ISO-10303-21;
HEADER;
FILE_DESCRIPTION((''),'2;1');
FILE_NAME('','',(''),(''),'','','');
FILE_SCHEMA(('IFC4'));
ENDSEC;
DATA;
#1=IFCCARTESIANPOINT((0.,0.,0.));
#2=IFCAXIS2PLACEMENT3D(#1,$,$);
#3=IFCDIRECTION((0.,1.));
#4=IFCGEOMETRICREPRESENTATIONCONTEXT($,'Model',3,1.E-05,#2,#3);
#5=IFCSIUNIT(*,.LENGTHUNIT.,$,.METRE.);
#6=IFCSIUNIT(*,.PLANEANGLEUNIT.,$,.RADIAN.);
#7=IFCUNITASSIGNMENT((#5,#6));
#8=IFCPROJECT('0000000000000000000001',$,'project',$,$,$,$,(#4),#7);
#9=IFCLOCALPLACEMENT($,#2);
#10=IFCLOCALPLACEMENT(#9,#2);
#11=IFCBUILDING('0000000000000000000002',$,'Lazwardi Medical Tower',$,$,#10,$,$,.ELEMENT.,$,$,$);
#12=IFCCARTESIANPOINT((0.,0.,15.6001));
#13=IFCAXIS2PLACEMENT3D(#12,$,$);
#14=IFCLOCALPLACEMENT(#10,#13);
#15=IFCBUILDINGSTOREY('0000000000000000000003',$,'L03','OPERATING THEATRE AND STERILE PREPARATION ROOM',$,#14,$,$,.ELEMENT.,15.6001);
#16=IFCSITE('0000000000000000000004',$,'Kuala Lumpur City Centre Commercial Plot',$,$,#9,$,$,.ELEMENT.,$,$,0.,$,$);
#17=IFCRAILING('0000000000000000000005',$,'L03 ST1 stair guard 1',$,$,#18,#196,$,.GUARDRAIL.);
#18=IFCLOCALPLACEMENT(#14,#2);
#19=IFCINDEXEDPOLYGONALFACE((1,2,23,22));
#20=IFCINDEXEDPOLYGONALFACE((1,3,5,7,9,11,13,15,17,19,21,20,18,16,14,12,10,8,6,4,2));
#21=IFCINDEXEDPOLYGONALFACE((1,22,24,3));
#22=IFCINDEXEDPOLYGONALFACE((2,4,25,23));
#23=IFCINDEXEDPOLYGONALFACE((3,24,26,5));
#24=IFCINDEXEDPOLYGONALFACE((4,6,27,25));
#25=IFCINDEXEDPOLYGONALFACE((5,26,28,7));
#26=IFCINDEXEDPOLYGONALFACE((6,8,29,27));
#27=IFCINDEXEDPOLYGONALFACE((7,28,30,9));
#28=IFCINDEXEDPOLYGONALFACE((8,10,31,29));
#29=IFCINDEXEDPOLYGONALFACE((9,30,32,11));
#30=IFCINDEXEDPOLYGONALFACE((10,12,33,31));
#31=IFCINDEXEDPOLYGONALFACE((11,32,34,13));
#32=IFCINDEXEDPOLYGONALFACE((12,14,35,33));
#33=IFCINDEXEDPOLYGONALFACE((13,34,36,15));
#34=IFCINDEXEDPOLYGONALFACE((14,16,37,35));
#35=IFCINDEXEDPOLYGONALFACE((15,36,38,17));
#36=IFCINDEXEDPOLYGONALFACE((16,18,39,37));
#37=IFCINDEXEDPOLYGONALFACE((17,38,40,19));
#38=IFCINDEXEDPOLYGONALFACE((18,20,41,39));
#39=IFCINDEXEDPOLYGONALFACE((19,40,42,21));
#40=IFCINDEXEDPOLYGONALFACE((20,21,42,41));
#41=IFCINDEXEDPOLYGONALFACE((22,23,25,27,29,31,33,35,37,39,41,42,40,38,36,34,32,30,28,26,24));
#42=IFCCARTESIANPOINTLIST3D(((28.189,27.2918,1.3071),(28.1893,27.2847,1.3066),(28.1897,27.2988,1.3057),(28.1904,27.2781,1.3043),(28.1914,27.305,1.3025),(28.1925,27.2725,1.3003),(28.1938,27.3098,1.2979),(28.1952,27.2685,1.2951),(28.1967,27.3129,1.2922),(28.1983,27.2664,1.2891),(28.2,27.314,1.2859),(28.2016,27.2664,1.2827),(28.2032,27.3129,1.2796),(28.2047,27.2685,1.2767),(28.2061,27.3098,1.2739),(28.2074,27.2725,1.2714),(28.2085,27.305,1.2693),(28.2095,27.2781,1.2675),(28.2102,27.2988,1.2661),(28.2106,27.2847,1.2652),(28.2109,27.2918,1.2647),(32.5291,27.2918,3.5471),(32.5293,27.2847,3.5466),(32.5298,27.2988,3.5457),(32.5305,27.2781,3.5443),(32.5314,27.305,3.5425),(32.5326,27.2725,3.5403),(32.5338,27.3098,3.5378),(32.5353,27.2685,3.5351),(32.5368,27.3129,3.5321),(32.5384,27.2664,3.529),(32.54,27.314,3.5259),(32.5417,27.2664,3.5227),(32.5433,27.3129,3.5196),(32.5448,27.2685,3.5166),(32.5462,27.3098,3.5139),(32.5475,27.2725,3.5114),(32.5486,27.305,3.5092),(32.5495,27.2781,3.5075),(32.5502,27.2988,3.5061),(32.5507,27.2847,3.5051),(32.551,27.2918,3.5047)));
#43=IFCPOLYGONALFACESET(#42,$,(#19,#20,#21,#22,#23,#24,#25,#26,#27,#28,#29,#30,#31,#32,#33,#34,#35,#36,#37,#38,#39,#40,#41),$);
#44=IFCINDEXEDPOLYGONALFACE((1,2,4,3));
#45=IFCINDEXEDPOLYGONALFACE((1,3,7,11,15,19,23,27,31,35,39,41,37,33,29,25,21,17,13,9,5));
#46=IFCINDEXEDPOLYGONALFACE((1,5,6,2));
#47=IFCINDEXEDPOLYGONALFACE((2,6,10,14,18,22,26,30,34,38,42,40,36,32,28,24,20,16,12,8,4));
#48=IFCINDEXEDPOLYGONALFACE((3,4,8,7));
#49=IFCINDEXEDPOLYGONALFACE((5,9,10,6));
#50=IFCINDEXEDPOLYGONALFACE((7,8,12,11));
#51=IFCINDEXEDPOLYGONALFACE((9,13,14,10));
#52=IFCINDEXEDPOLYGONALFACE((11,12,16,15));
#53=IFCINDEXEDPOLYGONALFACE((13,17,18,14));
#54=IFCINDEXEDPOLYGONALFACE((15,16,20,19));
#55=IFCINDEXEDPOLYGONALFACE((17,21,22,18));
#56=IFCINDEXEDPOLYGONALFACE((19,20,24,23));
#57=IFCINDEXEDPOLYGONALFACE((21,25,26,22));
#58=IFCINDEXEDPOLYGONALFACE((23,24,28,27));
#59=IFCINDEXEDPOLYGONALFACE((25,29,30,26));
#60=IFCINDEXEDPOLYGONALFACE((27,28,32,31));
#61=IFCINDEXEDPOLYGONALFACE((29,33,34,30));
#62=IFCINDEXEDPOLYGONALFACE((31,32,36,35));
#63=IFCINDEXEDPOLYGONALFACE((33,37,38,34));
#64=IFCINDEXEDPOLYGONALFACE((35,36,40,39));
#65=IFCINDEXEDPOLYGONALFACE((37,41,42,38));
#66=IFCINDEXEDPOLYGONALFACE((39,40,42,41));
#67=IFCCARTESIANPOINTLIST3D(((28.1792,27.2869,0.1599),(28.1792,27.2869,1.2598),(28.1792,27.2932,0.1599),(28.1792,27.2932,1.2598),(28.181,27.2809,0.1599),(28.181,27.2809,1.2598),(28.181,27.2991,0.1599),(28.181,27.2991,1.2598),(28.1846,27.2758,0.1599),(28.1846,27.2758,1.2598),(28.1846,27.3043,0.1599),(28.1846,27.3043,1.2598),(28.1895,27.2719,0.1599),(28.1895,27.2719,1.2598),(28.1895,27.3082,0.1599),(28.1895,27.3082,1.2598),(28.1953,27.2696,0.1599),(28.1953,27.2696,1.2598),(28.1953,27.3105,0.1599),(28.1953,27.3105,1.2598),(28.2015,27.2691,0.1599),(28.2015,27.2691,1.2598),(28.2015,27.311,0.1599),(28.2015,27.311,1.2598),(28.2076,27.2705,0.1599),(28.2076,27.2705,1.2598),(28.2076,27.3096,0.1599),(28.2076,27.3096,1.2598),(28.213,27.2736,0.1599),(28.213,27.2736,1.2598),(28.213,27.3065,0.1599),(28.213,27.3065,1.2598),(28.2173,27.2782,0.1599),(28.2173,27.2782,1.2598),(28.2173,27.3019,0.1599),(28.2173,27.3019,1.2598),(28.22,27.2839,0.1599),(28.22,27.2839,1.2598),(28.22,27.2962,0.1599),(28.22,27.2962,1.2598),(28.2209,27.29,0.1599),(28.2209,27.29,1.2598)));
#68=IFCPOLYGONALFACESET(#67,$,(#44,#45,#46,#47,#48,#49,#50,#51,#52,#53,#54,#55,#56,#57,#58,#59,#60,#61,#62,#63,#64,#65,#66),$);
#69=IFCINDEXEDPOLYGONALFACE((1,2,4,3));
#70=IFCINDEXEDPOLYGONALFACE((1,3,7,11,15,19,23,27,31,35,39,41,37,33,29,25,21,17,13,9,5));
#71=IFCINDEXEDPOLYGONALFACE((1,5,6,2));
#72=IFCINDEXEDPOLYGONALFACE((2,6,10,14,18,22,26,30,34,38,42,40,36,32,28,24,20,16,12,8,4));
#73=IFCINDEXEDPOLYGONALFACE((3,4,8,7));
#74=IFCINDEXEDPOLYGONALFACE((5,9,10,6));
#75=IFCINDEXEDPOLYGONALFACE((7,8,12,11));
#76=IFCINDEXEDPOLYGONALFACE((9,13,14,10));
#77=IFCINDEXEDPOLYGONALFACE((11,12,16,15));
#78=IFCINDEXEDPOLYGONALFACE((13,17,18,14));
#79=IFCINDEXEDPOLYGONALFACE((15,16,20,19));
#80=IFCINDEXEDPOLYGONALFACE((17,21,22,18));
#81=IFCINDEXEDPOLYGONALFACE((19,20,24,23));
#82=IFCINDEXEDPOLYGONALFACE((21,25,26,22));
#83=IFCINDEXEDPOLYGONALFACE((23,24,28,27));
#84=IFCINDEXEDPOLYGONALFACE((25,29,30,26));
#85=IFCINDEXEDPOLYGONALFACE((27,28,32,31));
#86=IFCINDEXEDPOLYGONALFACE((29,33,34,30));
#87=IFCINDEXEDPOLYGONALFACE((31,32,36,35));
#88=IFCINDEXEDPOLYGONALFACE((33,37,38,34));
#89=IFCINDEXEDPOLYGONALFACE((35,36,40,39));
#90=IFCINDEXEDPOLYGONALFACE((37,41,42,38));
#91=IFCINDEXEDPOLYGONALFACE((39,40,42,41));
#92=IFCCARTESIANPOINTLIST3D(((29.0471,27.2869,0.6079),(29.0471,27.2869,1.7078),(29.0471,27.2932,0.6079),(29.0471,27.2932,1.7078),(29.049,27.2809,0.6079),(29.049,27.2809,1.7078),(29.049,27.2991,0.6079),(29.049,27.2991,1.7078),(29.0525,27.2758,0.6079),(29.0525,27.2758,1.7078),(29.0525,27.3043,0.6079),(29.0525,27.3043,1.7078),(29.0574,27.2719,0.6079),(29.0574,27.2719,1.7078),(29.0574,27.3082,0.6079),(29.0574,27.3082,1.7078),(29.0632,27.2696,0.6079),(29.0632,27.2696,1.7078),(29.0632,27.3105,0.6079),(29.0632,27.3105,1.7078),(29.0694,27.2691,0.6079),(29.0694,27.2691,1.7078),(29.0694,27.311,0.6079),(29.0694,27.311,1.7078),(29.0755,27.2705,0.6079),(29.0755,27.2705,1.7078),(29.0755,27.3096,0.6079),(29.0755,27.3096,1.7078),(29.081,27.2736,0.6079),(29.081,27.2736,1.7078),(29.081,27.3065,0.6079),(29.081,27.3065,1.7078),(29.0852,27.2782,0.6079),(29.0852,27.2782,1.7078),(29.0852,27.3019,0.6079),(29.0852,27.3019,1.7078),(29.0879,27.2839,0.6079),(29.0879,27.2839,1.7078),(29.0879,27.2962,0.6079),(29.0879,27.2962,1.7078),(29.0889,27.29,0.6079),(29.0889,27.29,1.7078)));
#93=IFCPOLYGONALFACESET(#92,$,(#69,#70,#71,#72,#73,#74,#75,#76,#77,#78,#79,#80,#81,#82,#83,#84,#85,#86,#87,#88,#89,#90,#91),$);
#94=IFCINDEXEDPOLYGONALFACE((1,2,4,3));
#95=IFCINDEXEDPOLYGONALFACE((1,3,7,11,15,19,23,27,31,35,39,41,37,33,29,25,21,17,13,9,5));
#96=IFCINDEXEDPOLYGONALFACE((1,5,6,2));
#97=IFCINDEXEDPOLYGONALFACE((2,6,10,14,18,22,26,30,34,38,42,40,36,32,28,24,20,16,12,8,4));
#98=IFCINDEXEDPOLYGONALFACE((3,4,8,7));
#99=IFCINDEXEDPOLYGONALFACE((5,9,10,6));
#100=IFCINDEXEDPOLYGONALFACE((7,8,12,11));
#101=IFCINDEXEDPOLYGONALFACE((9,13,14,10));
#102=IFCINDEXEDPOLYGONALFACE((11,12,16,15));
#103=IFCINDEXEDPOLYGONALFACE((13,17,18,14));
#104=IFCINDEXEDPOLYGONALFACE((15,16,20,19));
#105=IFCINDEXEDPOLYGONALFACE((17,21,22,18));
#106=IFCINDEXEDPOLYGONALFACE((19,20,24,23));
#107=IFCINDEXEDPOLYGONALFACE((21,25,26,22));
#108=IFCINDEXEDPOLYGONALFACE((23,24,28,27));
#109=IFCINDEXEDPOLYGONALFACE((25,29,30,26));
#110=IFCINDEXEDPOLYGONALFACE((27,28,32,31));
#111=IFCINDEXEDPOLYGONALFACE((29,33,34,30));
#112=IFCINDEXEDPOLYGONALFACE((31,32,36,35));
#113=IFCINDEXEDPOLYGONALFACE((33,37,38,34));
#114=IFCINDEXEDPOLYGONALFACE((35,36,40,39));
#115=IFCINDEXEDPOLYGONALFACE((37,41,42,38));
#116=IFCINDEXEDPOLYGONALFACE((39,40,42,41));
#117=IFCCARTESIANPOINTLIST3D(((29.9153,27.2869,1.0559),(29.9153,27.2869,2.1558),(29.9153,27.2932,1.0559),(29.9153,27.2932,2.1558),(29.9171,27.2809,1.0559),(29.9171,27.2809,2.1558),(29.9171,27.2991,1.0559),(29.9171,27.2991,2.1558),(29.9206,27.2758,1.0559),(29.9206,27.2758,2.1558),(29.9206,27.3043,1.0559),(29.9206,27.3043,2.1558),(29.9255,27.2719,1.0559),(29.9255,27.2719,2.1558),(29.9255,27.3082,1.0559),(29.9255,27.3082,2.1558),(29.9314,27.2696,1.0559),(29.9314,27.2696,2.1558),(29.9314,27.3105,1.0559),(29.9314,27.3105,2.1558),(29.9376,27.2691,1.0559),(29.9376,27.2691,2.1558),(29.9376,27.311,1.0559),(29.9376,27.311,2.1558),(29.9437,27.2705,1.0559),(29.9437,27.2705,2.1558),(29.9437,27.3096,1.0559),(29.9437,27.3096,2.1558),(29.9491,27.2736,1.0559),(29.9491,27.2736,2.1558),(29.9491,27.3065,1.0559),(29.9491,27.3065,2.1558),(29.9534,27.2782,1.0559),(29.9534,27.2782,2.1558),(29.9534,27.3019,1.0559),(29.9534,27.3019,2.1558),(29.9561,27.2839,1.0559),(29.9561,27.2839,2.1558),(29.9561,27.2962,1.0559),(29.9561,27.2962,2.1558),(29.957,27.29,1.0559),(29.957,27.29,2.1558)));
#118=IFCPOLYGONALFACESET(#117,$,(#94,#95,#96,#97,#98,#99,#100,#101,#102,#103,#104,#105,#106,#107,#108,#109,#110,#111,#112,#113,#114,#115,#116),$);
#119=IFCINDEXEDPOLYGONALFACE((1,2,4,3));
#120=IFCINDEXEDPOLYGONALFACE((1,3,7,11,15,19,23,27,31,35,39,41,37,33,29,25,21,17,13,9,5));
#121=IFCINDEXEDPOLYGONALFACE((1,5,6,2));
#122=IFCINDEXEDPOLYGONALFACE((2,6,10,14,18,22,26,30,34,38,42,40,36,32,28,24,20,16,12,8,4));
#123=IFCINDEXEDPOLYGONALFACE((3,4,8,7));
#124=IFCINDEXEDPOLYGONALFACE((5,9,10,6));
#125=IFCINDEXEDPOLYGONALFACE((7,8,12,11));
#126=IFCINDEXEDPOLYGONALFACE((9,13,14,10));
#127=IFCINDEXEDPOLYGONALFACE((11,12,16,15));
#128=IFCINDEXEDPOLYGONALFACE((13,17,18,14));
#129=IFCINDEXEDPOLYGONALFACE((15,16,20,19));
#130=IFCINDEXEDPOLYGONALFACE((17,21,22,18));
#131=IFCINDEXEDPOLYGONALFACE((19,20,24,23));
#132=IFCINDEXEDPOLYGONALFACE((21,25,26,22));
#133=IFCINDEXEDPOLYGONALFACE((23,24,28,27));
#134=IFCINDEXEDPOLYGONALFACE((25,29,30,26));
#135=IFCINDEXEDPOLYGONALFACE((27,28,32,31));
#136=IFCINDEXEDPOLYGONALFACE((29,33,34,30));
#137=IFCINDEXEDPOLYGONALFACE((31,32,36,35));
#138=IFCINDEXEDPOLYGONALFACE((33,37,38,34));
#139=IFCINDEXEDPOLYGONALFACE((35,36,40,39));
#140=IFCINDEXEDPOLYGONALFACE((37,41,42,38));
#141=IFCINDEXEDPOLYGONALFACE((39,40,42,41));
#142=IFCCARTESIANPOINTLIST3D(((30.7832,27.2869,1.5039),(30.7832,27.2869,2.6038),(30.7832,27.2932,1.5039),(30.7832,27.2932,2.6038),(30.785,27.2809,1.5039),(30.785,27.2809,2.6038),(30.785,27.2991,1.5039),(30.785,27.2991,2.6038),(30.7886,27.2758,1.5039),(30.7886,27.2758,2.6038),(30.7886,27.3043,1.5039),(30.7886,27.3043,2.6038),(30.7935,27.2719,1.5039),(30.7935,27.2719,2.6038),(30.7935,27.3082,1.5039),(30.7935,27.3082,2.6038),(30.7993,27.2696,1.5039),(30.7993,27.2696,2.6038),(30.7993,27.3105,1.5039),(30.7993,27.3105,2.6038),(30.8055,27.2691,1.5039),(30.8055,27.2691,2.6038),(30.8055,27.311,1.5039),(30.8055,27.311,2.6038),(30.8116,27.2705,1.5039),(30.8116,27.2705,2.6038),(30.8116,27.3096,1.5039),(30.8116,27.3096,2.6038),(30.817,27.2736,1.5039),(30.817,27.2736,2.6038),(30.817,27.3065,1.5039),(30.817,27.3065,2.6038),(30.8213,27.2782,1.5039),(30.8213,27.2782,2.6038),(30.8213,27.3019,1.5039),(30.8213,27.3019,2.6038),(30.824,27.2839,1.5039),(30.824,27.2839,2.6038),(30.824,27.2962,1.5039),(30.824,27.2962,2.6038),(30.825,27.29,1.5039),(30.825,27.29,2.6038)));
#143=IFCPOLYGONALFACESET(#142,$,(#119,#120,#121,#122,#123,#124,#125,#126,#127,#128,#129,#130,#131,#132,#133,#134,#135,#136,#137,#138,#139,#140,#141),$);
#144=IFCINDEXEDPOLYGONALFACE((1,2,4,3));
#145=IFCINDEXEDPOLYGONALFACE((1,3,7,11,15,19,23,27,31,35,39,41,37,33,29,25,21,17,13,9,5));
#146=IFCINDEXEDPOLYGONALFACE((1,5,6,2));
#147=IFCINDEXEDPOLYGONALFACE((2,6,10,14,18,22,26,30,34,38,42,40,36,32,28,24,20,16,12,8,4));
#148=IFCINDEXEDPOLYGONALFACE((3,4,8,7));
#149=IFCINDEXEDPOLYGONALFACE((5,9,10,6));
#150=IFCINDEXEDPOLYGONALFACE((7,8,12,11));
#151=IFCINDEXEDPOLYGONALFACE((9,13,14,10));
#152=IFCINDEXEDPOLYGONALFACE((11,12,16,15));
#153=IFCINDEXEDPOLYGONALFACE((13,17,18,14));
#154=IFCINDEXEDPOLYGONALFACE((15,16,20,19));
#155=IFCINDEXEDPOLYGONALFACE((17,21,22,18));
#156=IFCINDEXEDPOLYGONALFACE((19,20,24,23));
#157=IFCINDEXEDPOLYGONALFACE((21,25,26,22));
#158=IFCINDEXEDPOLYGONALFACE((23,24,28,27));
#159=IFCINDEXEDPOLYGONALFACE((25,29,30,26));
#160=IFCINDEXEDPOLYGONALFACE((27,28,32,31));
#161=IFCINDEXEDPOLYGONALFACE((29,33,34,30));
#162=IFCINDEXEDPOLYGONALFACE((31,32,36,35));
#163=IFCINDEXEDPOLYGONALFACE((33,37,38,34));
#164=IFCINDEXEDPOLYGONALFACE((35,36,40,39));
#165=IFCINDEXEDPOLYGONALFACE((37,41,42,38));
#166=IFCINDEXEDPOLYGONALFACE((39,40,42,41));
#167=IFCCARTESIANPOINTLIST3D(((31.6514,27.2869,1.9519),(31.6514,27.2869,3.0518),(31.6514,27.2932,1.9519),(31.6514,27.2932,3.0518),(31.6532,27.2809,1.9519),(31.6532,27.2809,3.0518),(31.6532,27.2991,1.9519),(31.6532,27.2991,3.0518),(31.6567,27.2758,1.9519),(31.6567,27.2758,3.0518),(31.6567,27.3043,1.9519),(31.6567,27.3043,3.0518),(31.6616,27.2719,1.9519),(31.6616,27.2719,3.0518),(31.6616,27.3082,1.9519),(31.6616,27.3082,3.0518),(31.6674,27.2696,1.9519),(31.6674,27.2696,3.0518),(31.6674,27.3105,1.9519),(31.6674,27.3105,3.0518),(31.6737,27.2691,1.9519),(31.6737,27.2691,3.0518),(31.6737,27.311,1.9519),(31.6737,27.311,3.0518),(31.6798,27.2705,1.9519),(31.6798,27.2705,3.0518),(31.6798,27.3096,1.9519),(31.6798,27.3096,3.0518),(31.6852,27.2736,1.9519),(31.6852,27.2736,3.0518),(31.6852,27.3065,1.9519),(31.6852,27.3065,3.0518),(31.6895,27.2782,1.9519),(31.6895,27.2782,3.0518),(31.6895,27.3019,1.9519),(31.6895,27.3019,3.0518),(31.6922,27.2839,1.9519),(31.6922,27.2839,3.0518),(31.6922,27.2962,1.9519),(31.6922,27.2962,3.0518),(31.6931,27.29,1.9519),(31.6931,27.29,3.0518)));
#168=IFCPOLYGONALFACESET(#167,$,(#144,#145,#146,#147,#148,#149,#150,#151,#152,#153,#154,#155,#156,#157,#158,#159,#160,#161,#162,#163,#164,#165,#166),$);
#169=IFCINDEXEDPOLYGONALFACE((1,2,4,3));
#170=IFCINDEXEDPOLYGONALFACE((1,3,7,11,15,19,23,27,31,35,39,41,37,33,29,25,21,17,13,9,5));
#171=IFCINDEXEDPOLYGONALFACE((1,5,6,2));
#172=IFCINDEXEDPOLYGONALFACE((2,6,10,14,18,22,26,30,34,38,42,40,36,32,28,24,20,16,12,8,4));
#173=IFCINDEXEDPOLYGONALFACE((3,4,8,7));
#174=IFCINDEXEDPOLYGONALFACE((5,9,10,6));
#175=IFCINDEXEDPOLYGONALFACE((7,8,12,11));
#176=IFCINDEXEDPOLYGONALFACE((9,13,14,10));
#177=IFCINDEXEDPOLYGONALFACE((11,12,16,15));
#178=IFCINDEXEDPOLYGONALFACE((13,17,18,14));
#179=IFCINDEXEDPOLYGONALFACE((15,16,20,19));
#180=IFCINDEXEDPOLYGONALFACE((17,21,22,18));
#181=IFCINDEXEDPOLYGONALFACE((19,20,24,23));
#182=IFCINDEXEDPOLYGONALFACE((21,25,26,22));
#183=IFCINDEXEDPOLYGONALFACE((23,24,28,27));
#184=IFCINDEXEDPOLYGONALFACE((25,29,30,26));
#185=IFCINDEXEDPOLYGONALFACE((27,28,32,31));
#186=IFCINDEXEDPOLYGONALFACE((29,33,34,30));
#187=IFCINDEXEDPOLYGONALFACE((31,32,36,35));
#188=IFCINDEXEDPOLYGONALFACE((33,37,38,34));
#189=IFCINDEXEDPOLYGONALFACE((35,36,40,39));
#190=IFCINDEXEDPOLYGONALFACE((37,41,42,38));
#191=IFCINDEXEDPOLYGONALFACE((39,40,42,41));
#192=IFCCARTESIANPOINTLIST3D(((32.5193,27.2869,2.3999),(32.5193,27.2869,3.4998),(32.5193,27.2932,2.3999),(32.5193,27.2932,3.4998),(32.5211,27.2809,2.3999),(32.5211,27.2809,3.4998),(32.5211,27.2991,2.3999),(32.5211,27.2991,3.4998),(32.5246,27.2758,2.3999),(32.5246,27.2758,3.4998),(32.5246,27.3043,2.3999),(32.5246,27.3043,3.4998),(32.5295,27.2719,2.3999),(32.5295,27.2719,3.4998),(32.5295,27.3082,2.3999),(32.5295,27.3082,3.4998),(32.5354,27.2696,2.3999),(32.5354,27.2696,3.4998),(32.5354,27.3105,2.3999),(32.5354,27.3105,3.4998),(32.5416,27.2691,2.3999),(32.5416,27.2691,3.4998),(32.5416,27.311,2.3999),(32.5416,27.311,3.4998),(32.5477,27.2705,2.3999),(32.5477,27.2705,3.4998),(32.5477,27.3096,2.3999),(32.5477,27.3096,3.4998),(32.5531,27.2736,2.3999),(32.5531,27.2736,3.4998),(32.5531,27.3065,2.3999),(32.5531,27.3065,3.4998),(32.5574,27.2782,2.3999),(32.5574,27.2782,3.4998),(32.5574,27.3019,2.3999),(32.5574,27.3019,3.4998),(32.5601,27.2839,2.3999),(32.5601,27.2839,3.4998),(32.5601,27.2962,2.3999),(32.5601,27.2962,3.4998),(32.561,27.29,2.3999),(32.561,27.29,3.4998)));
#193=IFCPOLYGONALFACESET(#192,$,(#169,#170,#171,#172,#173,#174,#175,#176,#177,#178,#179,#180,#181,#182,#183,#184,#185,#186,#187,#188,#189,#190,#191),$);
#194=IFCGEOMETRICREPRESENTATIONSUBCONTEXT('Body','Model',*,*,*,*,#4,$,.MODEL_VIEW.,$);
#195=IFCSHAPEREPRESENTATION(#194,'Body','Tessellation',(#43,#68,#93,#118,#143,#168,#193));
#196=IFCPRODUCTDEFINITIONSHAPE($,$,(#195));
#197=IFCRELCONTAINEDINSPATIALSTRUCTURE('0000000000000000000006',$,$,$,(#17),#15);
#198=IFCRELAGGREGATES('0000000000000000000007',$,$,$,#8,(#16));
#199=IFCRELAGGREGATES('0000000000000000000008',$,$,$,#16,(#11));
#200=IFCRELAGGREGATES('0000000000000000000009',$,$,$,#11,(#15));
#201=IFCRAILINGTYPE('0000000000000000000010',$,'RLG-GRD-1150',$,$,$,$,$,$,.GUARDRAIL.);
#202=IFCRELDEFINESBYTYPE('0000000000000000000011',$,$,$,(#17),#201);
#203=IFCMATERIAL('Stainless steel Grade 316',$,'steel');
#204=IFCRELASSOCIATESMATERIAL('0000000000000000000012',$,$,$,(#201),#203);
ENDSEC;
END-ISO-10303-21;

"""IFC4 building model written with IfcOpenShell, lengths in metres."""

from ifc_helpers import new_model, si_unit, direction, frame, origin, origin_2d, place, context, subcontext, project, spatial, circle, extrude, material, type_object, element, save


model = new_model("IFC4")

# Units and contexts
model_context = context("Model", 3, precision=1e-05, world=origin(), true_north=direction((0.0, 1.0)))
body_context = subcontext(model_context, "Body", "Model", "MODEL_VIEW")
ifc_project = project(units=[si_unit("LENGTHUNIT", "METRE"), si_unit("PLANEANGLEUNIT", "RADIAN")], contexts=[model_context])

# Site, building, storey
site_placement = place(None, origin())
site = spatial("IfcSite", under=ifc_project, at=site_placement, Name="Kuala Lumpur City Centre Commercial Plot", CompositionType="ELEMENT", RefElevation=0.0)
building_placement = place(site_placement, origin())
building = spatial("IfcBuilding", under=site, at=building_placement, Name="Lazwardi Medical Tower", CompositionType="ELEMENT")
storey_placement = place(building_placement, frame((0.0, 0.0, 15.6001)))
storey = spatial("IfcBuildingStorey", under=building, at=storey_placement, Name="L03", Description="OPERATING THEATRE AND STERILE PREPARATION ROOM", CompositionType="ELEMENT", Elevation=15.6001)

# Railing
ifc_material_1 = material(Name="Stainless steel Grade 316", Category="steel")
railing_type_1 = type_object("IfcRailingType", Name="RLG-GRD-1150", PredefinedType="GUARDRAIL", material=ifc_material_1)
railing_1_placement = place(storey_placement, frame((28.2, 27.29, 0.1599)))
element("IfcRailing", 1, at=railing_1_placement, inside=storey, type_object=railing_type_1, Name="L03 ST1 stair guard 1", PredefinedType="GUARDRAIL", context=body_context, shape_type="SweptSolid", body=[
    extrude(circle(Radius=0.0239, at=origin_2d()), frame((0.0, 0.0, 1.126), z_axis=(0.888625, 0.0, 0.458634), x_axis=(0.0, 1.0, 0.0)), (0.0, 0.0, 1.0), 4.884),
    extrude(circle(Radius=0.021, at=origin_2d()), origin(), (0.0, 0.0, 1.0), 1.0999),
    extrude(circle(Radius=0.021, at=origin_2d()), frame((0.8679, 0.0, 0.448)), (0.0, 0.0, 1.0), 1.0999),
    extrude(circle(Radius=0.021, at=origin_2d()), frame((1.7361, 0.0, 0.896)), (0.0, 0.0, 1.0), 1.0999),
    extrude(circle(Radius=0.021, at=origin_2d()), frame((2.604, 0.0, 1.344)), (0.0, 0.0, 1.0), 1.0999),
    extrude(circle(Radius=0.021, at=origin_2d()), frame((3.4722, 0.0, 1.792)), (0.0, 0.0, 1.0), 1.0999),
    extrude(circle(Radius=0.021, at=origin_2d()), frame((4.3401, 0.0, 2.24)), (0.0, 0.0, 1.0), 1.0999),
])

save(model, "model.ifc")
